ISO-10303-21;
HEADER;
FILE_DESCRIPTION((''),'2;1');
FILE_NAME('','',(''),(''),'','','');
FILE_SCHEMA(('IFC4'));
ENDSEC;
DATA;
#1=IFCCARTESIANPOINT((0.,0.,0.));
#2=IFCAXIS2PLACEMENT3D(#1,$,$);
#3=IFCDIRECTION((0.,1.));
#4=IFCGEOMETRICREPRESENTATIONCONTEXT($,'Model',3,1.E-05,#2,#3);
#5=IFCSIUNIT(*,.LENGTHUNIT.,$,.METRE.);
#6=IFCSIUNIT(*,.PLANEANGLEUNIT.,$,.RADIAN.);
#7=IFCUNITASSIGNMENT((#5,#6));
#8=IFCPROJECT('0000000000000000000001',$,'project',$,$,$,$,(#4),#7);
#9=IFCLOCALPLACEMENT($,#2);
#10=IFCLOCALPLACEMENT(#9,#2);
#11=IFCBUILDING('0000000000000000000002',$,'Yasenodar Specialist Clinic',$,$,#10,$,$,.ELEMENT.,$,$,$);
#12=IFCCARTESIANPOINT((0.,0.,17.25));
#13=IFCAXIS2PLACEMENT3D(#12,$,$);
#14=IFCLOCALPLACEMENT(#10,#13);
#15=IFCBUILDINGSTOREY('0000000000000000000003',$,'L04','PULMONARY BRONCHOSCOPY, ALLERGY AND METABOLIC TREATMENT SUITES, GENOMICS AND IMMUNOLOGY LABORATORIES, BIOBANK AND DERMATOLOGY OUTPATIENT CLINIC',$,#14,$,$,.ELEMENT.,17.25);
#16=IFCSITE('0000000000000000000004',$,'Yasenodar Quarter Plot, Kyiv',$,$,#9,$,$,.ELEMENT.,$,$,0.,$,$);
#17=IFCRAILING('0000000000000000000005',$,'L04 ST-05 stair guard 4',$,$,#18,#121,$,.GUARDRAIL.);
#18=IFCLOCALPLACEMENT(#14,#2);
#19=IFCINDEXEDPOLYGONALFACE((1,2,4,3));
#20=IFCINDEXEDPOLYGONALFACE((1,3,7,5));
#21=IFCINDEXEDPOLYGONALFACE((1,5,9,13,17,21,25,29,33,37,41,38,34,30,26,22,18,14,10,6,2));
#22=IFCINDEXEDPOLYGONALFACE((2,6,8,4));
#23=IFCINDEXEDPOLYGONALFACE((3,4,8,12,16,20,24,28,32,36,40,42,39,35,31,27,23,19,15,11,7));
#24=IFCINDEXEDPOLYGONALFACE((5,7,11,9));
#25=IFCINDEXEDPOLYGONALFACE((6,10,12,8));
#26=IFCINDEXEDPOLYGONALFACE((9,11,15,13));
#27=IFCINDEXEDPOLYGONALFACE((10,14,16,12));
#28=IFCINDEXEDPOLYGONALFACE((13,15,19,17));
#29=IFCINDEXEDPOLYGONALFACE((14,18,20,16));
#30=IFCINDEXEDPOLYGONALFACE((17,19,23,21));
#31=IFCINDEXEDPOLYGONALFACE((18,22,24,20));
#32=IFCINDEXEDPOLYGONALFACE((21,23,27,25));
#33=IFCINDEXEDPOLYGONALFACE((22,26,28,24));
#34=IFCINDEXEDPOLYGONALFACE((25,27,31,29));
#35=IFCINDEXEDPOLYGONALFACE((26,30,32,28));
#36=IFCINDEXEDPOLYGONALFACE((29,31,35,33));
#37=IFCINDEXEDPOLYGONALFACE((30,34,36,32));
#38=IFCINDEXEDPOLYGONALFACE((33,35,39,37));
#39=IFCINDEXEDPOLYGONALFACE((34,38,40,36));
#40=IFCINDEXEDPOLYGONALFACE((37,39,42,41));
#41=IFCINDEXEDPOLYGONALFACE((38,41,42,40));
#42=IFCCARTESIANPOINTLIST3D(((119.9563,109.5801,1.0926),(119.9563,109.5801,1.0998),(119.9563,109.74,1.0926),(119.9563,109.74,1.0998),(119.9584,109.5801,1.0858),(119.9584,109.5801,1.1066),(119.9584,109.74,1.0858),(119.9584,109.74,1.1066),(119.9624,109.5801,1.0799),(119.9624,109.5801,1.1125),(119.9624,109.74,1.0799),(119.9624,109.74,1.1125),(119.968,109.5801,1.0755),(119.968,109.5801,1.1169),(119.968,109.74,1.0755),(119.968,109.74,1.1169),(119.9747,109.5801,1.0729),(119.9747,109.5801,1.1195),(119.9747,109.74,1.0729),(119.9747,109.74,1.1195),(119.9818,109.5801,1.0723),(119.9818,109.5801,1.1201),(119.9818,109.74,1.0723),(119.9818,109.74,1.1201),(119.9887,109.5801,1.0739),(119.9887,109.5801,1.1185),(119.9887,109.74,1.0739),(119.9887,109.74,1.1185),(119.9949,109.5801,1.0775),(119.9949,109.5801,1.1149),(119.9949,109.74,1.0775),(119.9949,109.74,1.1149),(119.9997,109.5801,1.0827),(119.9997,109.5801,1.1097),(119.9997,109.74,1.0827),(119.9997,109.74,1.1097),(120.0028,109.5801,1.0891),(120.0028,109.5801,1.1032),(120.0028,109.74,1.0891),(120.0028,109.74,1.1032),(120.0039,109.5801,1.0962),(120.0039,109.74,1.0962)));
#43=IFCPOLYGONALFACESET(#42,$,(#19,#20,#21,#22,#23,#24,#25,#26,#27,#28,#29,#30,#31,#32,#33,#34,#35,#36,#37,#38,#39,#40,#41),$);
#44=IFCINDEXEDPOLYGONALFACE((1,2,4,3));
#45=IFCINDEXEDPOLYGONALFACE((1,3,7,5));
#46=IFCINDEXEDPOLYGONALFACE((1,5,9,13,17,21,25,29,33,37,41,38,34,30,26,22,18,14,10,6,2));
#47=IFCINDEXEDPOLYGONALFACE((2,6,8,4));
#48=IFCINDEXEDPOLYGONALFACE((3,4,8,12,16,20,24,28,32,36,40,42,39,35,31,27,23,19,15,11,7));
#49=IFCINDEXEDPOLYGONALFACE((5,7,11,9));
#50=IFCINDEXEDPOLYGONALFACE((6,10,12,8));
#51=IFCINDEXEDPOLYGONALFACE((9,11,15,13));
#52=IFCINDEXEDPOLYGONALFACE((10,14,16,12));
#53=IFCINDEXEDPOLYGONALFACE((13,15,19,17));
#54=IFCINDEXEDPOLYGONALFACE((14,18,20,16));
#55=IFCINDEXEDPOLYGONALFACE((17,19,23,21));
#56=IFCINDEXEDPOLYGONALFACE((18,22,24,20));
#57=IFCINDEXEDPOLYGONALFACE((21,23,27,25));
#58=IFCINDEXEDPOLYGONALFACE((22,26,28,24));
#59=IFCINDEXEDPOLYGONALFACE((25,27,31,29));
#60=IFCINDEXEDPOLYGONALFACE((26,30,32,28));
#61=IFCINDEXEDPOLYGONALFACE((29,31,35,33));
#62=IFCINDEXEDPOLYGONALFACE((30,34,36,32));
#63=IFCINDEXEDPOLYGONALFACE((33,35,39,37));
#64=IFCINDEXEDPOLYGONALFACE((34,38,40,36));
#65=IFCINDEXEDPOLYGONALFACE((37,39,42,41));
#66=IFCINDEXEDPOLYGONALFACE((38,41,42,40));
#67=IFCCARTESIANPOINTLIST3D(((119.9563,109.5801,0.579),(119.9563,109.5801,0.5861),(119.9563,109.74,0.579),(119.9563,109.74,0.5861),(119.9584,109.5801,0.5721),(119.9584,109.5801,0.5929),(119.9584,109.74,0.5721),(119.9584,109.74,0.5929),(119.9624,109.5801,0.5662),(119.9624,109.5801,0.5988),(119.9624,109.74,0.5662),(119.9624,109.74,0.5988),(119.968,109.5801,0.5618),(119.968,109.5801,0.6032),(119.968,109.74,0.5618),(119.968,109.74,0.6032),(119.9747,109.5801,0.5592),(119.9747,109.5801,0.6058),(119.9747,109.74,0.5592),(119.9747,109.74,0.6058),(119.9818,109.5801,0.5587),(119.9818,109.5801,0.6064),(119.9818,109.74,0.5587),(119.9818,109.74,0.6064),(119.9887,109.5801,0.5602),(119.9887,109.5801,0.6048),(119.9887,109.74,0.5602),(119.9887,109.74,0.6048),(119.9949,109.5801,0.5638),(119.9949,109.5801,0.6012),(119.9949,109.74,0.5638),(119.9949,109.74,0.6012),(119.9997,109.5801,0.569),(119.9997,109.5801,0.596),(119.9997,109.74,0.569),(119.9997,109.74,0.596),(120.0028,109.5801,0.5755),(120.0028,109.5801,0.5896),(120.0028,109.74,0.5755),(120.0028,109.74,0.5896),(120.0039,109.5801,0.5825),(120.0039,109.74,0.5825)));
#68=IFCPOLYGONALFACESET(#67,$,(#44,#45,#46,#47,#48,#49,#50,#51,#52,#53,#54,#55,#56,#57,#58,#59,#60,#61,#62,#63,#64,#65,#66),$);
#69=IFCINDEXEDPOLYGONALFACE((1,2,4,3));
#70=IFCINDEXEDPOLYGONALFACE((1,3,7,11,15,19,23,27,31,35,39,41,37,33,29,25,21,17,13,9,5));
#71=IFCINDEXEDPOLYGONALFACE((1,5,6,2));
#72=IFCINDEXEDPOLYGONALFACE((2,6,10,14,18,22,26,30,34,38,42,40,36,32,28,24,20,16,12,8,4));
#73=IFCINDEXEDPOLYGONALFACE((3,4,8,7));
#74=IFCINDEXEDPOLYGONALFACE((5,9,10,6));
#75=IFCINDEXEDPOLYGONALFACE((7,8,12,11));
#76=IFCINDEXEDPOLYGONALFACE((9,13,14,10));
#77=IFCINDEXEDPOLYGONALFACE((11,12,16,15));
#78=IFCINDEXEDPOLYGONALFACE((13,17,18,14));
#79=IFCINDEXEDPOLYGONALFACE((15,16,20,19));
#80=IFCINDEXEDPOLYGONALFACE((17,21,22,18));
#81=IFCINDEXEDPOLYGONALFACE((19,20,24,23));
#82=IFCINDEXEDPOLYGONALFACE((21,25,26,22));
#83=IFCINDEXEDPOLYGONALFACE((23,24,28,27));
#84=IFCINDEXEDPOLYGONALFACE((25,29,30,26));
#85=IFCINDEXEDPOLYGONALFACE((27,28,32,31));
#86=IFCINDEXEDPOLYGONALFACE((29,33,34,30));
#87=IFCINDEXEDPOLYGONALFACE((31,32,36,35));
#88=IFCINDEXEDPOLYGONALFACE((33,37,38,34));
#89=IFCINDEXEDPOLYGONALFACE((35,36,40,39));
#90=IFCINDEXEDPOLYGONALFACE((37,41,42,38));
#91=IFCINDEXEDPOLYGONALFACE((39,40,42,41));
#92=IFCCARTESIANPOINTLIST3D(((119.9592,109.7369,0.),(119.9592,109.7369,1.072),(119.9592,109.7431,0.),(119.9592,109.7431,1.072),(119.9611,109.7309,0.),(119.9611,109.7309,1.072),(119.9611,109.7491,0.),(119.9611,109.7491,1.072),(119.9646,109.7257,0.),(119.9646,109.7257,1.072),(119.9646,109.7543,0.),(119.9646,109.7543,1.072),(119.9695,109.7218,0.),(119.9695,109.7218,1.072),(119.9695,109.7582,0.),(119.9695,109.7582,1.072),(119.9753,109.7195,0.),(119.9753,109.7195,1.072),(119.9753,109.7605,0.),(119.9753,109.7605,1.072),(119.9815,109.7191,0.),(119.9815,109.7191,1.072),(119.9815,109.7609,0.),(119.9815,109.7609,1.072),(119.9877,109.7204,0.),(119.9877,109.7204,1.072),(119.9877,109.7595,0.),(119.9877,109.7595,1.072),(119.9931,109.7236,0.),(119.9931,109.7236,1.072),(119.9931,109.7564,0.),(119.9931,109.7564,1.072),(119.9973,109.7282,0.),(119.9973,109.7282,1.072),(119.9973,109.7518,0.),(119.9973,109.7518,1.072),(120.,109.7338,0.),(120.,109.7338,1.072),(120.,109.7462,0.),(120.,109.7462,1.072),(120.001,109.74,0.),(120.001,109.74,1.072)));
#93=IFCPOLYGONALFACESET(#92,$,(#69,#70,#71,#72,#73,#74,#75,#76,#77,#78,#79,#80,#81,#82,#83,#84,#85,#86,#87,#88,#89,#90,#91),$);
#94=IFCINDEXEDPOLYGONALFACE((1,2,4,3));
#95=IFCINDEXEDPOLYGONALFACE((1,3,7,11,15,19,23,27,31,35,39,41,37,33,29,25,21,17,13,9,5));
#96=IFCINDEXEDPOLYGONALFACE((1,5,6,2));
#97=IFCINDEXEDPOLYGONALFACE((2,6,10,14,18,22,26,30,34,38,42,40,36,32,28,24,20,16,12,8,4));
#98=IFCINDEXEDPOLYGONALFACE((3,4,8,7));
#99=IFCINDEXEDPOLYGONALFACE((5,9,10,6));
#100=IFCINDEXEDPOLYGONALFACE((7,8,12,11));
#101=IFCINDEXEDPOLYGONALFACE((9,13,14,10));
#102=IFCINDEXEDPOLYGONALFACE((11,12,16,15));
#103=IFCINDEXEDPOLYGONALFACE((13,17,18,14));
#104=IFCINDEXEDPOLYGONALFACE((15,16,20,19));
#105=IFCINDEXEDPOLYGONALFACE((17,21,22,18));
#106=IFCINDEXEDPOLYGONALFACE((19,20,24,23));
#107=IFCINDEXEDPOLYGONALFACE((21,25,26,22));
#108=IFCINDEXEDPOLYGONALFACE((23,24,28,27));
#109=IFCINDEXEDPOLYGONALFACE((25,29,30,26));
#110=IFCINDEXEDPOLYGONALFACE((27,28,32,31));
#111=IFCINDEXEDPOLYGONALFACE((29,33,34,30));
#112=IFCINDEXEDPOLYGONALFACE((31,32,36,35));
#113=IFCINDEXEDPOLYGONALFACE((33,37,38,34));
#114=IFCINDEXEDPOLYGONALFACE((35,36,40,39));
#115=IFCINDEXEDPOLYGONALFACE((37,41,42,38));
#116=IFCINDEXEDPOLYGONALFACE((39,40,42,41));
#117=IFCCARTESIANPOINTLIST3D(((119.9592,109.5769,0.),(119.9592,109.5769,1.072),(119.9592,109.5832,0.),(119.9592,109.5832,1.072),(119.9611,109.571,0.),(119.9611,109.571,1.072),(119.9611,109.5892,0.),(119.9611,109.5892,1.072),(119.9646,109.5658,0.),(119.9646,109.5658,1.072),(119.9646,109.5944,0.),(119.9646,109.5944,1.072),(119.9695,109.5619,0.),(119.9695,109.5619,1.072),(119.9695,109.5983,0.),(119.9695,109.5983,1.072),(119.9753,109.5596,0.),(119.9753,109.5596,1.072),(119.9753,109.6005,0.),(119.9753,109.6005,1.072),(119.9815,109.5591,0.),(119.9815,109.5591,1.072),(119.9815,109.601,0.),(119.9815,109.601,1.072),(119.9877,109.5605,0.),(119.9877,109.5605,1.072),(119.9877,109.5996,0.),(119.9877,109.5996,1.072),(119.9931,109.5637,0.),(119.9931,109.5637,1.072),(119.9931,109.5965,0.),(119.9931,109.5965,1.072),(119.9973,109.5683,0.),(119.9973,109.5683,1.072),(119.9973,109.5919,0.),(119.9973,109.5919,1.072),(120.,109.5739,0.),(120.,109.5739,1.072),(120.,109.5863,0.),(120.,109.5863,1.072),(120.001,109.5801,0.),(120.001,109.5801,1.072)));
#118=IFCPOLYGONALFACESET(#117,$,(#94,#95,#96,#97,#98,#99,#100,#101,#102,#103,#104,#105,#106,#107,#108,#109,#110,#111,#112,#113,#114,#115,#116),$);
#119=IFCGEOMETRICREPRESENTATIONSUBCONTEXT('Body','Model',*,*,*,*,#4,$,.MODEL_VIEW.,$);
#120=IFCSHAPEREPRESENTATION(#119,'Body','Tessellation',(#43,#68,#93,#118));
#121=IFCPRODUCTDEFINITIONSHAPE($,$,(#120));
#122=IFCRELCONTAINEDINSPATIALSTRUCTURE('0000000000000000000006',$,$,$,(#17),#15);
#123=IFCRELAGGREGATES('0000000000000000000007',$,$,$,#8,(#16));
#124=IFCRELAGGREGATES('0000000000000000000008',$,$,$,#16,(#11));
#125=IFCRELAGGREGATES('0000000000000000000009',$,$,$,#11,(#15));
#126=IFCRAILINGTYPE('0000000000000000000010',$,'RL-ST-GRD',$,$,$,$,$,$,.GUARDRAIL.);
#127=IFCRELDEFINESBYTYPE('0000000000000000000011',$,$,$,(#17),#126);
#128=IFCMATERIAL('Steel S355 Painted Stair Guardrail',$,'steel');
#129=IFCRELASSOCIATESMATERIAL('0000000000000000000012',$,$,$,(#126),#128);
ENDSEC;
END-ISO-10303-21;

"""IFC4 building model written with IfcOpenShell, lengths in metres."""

from ifc_helpers import new_model, si_unit, direction, frame, origin, origin_2d, place, context, subcontext, project, spatial, circle, extrude, material, type_object, element, save


model = new_model("IFC4")

# Units and contexts
model_context = context("Model", 3, precision=1e-05, world=origin(), true_north=direction((0.0, 1.0)))
body_context = subcontext(model_context, "Body", "Model", "MODEL_VIEW")
ifc_project = project(units=[si_unit("LENGTHUNIT", "METRE"), si_unit("PLANEANGLEUNIT", "RADIAN")], contexts=[model_context])

# Site, building, storey
site_placement = place(None, origin())
site = spatial("IfcSite", under=ifc_project, at=site_placement, Name="Yasenodar Quarter Plot, Kyiv", CompositionType="ELEMENT", RefElevation=0.0)
building_placement = place(site_placement, origin())
building = spatial("IfcBuilding", under=site, at=building_placement, Name="Yasenodar Specialist Clinic", CompositionType="ELEMENT")
storey_placement = place(building_placement, frame((0.0, 0.0, 17.25)))
storey = spatial("IfcBuildingStorey", under=building, at=storey_placement, Name="L04", Description="PULMONARY BRONCHOSCOPY, ALLERGY AND METABOLIC TREATMENT SUITES, GENOMICS AND IMMUNOLOGY LABORATORIES, BIOBANK AND DERMATOLOGY OUTPATIENT CLINIC", CompositionType="ELEMENT", Elevation=17.25)

# Railing
ifc_material_1 = material(Name="Steel S355 Painted Stair Guardrail", Category="steel")
railing_type_1 = type_object("IfcRailingType", Name="RL-ST-GRD", PredefinedType="GUARDRAIL", material=ifc_material_1)
railing_1_placement = place(storey_placement, frame((119.98, 109.74, 0.0)))
element("IfcRailing", 1, at=railing_1_placement, inside=storey, type_object=railing_type_1, Name="L04 ST-05 stair guard 4", PredefinedType="GUARDRAIL", context=body_context, shape_type="SweptSolid", body=[
    extrude(circle(Radius=0.0239, at=origin_2d()), frame((0.0, 0.0, 1.0962), z_axis=(0.0, -1.0, 0.0), x_axis=(1.0, 0.0, 0.0)), (0.0, 0.0, 1.0), 0.1599),
    extrude(circle(Radius=0.0239, at=origin_2d()), frame((0.0, 0.0, 0.5825), z_axis=(0.0, -1.0, 0.0), x_axis=(1.0, 0.0, 0.0)), (0.0, 0.0, 1.0), 0.1599),
    extrude(circle(Radius=0.021, at=origin_2d()), origin(), (0.0, 0.0, 1.0), 1.072),
    extrude(circle(Radius=0.021, at=origin_2d()), frame((0.0, -0.1599, 0.0)), (0.0, 0.0, 1.0), 1.072),
])

save(model, "model.ifc")
